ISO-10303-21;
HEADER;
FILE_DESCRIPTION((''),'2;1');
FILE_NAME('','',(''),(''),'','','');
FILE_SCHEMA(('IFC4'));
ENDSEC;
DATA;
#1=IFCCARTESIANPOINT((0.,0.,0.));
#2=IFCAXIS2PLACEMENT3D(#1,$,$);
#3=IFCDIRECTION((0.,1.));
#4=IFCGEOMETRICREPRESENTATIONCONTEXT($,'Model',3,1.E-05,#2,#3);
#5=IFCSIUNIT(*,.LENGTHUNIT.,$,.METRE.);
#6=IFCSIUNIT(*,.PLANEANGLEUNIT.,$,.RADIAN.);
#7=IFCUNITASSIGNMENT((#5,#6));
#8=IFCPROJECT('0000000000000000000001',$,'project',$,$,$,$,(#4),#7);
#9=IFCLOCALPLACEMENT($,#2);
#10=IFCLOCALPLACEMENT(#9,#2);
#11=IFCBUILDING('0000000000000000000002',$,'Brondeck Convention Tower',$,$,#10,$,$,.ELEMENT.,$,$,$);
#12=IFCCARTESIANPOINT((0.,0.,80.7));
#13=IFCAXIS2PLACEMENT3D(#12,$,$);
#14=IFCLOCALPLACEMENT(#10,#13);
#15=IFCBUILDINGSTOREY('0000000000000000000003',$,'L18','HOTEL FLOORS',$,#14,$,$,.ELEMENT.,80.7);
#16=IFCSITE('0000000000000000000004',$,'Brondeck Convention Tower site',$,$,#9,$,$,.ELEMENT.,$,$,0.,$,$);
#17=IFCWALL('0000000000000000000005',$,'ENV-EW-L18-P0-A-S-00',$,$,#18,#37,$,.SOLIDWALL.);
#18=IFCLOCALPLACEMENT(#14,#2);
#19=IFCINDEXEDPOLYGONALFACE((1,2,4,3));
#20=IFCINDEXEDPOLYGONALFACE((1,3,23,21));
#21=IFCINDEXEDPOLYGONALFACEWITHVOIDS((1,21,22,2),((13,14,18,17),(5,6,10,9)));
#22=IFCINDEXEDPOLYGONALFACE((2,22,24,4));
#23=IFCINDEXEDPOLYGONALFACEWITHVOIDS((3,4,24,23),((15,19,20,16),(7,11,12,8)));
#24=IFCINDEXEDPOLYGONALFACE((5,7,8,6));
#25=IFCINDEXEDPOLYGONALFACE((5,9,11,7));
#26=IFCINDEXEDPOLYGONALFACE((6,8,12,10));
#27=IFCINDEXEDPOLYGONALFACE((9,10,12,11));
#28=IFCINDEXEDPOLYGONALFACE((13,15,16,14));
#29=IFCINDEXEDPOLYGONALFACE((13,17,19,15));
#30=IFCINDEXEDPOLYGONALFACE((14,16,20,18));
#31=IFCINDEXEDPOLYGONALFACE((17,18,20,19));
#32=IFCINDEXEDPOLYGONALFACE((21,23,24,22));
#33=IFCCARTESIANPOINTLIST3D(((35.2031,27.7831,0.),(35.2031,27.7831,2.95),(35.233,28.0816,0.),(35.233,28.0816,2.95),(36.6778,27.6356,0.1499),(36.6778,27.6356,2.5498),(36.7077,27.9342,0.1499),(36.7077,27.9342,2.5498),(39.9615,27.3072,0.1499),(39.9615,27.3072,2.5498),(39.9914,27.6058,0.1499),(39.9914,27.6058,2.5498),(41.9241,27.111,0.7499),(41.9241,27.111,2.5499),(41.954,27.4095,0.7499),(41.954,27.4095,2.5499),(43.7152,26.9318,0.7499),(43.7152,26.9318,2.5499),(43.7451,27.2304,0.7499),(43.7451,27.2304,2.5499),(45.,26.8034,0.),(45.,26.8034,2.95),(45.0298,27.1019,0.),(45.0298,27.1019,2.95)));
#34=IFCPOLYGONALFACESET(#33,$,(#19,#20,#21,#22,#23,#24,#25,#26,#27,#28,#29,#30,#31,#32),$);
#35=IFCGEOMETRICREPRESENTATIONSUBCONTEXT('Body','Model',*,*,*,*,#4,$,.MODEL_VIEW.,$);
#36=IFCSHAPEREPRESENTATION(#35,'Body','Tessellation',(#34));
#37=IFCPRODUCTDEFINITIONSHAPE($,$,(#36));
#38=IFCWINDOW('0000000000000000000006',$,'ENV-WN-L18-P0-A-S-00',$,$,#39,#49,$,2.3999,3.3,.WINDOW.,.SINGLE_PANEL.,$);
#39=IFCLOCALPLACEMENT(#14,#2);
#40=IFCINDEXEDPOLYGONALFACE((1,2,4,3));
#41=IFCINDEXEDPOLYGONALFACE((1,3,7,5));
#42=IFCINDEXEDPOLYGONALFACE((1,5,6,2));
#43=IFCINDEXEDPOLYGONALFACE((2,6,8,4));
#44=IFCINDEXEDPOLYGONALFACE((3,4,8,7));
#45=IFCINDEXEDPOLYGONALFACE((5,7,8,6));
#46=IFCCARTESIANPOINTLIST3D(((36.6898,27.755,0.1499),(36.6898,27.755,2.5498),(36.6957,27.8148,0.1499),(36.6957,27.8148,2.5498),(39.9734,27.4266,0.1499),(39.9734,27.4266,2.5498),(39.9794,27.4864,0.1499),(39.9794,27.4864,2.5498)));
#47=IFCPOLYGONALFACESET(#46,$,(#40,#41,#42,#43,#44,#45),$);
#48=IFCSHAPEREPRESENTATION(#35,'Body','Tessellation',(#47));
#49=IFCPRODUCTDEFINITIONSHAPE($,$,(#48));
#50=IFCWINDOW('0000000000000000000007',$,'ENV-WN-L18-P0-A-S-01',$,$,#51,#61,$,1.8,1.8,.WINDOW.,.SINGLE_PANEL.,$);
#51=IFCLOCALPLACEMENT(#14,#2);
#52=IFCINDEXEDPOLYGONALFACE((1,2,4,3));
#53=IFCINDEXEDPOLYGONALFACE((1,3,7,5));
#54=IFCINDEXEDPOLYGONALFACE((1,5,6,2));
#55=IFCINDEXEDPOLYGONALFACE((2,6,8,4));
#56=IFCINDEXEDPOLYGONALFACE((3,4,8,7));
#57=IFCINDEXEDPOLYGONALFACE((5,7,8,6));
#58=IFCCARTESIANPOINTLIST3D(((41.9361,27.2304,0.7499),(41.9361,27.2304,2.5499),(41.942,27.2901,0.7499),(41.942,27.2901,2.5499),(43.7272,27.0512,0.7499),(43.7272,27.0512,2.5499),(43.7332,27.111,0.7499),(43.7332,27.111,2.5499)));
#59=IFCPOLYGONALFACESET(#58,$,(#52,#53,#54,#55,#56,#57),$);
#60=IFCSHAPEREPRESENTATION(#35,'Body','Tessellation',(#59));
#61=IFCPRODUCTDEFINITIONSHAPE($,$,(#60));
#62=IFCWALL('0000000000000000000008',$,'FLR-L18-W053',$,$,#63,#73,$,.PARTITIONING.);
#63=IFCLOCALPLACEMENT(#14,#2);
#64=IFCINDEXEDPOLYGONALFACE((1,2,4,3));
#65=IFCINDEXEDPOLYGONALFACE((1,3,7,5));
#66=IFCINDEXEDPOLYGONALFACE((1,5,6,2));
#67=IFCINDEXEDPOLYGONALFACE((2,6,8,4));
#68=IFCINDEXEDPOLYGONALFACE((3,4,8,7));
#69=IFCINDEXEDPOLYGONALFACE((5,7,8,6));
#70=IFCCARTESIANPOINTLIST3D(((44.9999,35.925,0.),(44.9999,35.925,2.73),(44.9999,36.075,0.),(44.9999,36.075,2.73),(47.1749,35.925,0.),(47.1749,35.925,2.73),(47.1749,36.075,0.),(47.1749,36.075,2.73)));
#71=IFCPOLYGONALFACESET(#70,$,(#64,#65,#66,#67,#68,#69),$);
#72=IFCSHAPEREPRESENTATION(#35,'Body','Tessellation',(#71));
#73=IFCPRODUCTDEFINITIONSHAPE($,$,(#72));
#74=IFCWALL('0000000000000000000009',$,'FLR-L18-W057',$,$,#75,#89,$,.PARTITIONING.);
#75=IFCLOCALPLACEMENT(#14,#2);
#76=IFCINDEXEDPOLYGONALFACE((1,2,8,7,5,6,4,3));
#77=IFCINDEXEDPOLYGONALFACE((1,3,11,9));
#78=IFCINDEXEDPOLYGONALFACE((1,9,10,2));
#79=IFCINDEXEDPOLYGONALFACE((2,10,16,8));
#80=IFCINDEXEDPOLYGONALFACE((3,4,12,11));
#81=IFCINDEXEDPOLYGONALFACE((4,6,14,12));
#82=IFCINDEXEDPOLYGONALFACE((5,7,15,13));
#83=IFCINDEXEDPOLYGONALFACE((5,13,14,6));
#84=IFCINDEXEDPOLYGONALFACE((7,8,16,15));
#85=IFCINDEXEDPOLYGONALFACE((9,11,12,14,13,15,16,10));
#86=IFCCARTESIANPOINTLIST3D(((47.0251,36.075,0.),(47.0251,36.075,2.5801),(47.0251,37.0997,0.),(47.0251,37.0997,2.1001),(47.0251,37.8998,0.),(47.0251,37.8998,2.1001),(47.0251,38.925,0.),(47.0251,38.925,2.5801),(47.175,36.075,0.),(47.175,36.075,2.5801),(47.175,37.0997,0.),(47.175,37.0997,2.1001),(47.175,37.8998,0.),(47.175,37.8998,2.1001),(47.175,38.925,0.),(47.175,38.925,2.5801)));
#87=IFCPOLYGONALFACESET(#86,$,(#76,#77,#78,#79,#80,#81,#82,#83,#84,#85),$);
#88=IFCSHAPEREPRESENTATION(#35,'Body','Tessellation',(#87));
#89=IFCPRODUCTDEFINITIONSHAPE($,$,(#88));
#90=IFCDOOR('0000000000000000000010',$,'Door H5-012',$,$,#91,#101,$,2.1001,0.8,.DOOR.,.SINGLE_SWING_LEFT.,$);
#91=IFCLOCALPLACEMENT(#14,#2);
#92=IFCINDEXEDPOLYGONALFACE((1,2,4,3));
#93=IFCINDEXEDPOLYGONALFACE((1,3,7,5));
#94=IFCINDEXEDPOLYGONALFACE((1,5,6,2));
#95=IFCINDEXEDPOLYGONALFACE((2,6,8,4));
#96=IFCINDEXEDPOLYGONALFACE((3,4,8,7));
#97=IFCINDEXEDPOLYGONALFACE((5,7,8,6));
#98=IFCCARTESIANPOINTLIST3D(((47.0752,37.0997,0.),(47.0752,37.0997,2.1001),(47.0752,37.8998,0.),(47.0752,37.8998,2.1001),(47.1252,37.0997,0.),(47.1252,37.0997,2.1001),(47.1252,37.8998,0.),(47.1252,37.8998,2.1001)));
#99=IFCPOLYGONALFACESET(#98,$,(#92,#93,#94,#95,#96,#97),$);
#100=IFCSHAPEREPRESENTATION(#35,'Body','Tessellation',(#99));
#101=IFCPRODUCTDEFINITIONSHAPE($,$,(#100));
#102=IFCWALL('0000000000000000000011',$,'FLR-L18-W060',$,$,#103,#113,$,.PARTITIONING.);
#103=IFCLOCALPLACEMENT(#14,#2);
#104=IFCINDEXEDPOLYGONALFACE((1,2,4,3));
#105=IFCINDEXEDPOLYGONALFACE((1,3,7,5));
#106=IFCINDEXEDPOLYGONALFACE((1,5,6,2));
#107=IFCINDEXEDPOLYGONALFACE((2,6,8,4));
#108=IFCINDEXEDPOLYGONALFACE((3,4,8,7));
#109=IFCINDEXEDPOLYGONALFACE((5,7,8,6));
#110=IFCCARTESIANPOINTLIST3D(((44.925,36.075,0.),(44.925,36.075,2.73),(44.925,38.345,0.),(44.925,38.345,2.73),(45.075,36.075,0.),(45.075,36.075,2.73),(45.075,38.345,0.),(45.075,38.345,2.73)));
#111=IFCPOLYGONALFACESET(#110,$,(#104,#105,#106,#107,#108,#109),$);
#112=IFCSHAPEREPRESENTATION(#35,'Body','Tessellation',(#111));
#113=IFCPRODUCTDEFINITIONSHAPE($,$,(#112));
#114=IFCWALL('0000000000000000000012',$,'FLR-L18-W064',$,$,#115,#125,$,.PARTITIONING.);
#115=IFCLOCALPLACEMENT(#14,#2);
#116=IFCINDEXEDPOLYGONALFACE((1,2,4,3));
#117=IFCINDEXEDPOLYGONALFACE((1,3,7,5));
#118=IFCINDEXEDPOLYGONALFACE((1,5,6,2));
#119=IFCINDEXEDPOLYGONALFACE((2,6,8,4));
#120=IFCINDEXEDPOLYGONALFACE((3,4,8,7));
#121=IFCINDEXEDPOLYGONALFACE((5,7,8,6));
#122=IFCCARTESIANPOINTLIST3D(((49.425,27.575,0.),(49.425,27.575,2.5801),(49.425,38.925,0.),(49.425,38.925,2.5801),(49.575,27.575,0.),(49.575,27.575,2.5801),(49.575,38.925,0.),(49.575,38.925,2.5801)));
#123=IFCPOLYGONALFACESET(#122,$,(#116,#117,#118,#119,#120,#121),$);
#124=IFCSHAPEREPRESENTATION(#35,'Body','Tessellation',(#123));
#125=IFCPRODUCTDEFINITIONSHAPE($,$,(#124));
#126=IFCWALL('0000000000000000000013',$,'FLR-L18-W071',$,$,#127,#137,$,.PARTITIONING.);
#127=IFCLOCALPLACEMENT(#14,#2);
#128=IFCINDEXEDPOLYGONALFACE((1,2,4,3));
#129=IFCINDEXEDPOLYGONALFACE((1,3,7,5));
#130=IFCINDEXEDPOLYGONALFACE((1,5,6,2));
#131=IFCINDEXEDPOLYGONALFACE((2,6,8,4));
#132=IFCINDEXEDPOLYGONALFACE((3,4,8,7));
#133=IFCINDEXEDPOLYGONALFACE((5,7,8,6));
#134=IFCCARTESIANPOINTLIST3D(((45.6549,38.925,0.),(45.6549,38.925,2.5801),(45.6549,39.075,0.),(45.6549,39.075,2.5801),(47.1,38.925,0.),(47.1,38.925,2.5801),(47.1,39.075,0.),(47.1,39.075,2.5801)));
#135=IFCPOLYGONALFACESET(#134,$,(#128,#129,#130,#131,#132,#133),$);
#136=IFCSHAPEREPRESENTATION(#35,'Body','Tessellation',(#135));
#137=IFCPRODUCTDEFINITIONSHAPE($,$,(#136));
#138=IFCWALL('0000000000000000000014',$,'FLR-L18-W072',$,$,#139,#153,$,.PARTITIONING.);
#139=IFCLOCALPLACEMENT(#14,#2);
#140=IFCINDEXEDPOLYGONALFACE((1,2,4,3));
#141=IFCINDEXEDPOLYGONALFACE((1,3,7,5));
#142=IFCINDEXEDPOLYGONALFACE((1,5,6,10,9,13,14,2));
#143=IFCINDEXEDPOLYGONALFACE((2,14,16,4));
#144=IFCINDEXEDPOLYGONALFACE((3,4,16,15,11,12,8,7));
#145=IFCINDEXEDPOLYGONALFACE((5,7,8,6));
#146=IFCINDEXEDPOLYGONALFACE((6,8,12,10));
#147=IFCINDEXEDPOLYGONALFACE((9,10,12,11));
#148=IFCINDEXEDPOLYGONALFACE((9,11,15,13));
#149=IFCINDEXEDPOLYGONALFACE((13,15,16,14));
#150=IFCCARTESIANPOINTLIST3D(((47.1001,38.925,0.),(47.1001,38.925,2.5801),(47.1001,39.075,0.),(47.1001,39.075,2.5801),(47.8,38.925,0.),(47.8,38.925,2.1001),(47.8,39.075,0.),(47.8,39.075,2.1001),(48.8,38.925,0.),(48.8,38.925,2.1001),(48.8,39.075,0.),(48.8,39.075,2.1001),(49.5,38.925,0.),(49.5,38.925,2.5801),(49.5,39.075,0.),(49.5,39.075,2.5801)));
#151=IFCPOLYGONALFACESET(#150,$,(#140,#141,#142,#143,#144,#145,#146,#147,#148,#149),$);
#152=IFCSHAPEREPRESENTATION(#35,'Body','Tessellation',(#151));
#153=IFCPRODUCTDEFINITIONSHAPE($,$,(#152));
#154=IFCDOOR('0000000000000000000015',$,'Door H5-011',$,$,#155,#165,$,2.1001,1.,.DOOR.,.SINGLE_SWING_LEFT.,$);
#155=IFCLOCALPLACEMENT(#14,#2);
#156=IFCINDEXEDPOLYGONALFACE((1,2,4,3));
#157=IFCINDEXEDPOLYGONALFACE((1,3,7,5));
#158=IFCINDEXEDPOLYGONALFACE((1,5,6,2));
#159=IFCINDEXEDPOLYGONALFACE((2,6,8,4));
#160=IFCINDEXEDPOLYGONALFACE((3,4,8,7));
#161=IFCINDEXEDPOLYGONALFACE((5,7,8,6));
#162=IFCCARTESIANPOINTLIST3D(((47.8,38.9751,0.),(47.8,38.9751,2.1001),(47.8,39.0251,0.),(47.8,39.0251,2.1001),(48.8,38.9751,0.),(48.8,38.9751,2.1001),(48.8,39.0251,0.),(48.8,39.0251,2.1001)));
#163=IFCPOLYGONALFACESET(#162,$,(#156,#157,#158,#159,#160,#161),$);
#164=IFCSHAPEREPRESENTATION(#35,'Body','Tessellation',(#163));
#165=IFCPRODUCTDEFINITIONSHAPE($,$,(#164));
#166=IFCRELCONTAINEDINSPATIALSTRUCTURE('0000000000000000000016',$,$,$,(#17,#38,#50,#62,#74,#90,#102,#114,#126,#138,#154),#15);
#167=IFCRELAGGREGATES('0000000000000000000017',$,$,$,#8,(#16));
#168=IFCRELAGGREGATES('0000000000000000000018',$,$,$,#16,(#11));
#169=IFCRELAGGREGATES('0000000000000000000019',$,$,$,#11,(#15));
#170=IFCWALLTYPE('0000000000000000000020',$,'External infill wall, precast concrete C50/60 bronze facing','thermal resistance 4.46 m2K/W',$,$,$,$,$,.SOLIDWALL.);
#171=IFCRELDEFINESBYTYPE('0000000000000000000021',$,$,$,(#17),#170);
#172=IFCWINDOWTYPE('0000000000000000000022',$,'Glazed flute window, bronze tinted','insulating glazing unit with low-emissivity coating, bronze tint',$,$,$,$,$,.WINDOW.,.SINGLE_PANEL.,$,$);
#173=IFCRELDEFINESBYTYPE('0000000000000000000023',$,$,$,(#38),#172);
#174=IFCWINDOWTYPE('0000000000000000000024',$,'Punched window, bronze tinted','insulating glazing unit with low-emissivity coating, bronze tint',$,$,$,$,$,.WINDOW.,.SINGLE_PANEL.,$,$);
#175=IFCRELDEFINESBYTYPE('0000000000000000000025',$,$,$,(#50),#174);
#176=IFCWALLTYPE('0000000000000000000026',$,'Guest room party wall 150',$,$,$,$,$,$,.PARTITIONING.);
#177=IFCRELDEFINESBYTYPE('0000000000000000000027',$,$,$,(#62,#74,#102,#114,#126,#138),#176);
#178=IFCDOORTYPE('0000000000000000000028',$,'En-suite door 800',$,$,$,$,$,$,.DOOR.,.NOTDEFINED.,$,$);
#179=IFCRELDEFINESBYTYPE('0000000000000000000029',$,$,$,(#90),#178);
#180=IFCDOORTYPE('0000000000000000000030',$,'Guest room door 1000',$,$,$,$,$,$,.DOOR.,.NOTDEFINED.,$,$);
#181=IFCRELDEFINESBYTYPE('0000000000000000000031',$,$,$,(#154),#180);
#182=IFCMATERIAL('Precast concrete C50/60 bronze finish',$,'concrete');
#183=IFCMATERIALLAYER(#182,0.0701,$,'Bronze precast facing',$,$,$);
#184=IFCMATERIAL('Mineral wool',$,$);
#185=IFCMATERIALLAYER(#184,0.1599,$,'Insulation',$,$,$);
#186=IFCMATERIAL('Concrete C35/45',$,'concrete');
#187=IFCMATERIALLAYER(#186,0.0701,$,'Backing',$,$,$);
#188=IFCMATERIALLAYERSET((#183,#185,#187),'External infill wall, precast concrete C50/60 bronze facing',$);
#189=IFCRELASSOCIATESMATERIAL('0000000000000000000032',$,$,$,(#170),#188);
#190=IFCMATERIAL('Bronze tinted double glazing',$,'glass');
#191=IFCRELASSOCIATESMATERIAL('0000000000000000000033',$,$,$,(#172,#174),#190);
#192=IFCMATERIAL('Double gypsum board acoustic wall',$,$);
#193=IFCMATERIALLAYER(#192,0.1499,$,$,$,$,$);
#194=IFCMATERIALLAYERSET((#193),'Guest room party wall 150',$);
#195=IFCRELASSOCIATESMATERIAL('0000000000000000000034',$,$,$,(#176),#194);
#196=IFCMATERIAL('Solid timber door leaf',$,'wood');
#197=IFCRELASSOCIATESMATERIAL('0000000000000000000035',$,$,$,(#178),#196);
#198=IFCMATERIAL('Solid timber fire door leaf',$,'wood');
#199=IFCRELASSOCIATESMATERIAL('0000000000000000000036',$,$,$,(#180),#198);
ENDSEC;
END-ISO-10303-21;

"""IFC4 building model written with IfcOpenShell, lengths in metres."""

from ifc_helpers import new_model, si_unit, direction, frame, frame_2d, origin, place, context, subcontext, project, spatial, rectangle, extrude, material, layer, layer_set, type_object, element, fill, save


model = new_model("IFC4")

# Units and contexts
model_context = context("Model", 3, precision=1e-05, world=origin(), true_north=direction((0.0, 1.0)))
body_context = subcontext(model_context, "Body", "Model", "MODEL_VIEW")
ifc_project = project(units=[si_unit("LENGTHUNIT", "METRE"), si_unit("PLANEANGLEUNIT", "RADIAN")], contexts=[model_context])

# Site, building, storey
site_placement = place(None, origin())
site = spatial("IfcSite", under=ifc_project, at=site_placement, Name="Brondeck Convention Tower site", CompositionType="ELEMENT", RefElevation=0.0)
building_placement = place(site_placement, origin())
building = spatial("IfcBuilding", under=site, at=building_placement, Name="Brondeck Convention Tower", CompositionType="ELEMENT")
storey_placement = place(building_placement, frame((0.0, 0.0, 80.7)))
storey = spatial("IfcBuildingStorey", under=building, at=storey_placement, Name="L18", Description="HOTEL FLOORS", CompositionType="ELEMENT", Elevation=80.7)

# Wall, openings, windows
ifc_material_1 = material(Name="Precast concrete C50/60 bronze finish", Category="concrete")
ifc_layer_1 = layer(ifc_material_1, 0.0701, Name="Bronze precast facing")
ifc_material_2 = material(Name="Mineral wool")
ifc_layer_2 = layer(ifc_material_2, 0.1599, Name="Insulation")
ifc_material_3 = material(Name="Concrete C35/45", Category="concrete")
ifc_layer_3 = layer(ifc_material_3, 0.0701, Name="Backing")
ifc_layer_set_1 = layer_set([ifc_layer_1, ifc_layer_2, ifc_layer_3], Name="External infill wall, precast concrete C50/60 bronze facing")
wall_type_1 = type_object("IfcWallType", Name="External infill wall, precast concrete C50/60 bronze facing", Description="thermal resistance 4.46 m2K/W", PredefinedType="SOLIDWALL", material=ifc_layer_set_1)
wall_1_placement = place(storey_placement, frame((45.0149, 26.9526, 0.0), z_axis=(0.0, 0.0, 1.0), x_axis=(-0.995037, 0.099509, 0.0)))
wall_1 = element("IfcWall", 1, at=wall_1_placement, inside=storey, type_object=wall_type_1, Name="ENV-EW-L18-P0-A-S-00", PredefinedType="SOLIDWALL", context=body_context, shape_type="SweptSolid", body=[
    extrude(rectangle(XDim=9.8457, YDim=0.3, at=frame_2d((4.9229, 0.0))), origin(), (0.0, 0.0, 1.0), 2.95),
])
opening_1_placement = place(wall_1_placement, frame((1.2913, 0.0, 0.75)))
opening_1 = element("IfcOpeningElement", 2, at=opening_1_placement, cuts=wall_1, PredefinedType="OPENING", context=body_context, shape_type="SweptSolid", body=[
    extrude(rectangle(XDim=1.8, YDim=1.8, at=frame_2d((0.8999, 0.8999))), frame((0.0, 0.1599, 0.0), z_axis=(0.0, -1.0, 0.0), x_axis=(1.0, 0.0, 0.0)), (0.0, 0.0, 1.0), 0.3201),
])
opening_2_placement = place(wall_1_placement, frame((5.0637, 0.0, 0.1499)))
opening_2 = element("IfcOpeningElement", 3, at=opening_2_placement, cuts=wall_1, PredefinedType="OPENING", context=body_context, shape_type="SweptSolid", body=[
    extrude(rectangle(XDim=3.3, YDim=2.3999, at=frame_2d((1.6499, 1.2))), frame((0.0, 0.1599, 0.0), z_axis=(0.0, -1.0, 0.0), x_axis=(1.0, 0.0, 0.0)), (0.0, 0.0, 1.0), 0.3201),
])
ifc_material_4 = material(Name="Bronze tinted double glazing", Category="glass")
window_type_1 = type_object("IfcWindowType", Name="Glazed flute window, bronze tinted", Description="insulating glazing unit with low-emissivity coating, bronze tint", PartitioningType="SINGLE_PANEL", PredefinedType="WINDOW", material=ifc_material_4)
window_1_placement = place(opening_2_placement, origin())
window_1 = element("IfcWindow", 4, at=window_1_placement, inside=storey, type_object=window_type_1, Name="ENV-WN-L18-P0-A-S-00", OverallHeight=2.3999, OverallWidth=3.3, PartitioningType="SINGLE_PANEL", PredefinedType="WINDOW", context=body_context, shape_type="SweptSolid", body=[
    extrude(rectangle(XDim=3.3, YDim=2.3999, at=frame_2d((1.6499, 1.2))), frame((0.0, 0.03, 0.0), z_axis=(0.0, -1.0, 0.0), x_axis=(1.0, 0.0, 0.0)), (0.0, 0.0, 1.0), 0.0601),
])
fill(opening_2, window_1)
window_type_2 = type_object("IfcWindowType", Name="Punched window, bronze tinted", Description="insulating glazing unit with low-emissivity coating, bronze tint", PartitioningType="SINGLE_PANEL", PredefinedType="WINDOW", material=ifc_material_4)
window_2_placement = place(opening_1_placement, origin())
window_2 = element("IfcWindow", 5, at=window_2_placement, inside=storey, type_object=window_type_2, Name="ENV-WN-L18-P0-A-S-01", OverallHeight=1.8, OverallWidth=1.8, PartitioningType="SINGLE_PANEL", PredefinedType="WINDOW", context=body_context, shape_type="SweptSolid", body=[
    extrude(rectangle(XDim=1.8, YDim=1.8, at=frame_2d((0.8999, 0.8999))), frame((0.0, 0.03, 0.0), z_axis=(0.0, -1.0, 0.0), x_axis=(1.0, 0.0, 0.0)), (0.0, 0.0, 1.0), 0.0601),
])
fill(opening_1, window_2)

# Wall
ifc_material_5 = material(Name="Double gypsum board acoustic wall")
ifc_layer_4 = layer(ifc_material_5, 0.1499)
ifc_layer_set_2 = layer_set([ifc_layer_4], Name="Guest room party wall 150")
wall_type_2 = type_object("IfcWallType", Name="Guest room party wall 150", PredefinedType="PARTITIONING", material=ifc_layer_set_2)
wall_2_placement = place(storey_placement, frame((45.0, 36.0, 0.0), z_axis=(0.0, 0.0, 1.0), x_axis=(1.0, 0.0, 0.0)))
element("IfcWall", 6, at=wall_2_placement, inside=storey, type_object=wall_type_2, Name="FLR-L18-W053", PredefinedType="PARTITIONING", context=body_context, shape_type="SweptSolid", body=[
    extrude(rectangle(XDim=2.175, YDim=0.1499, at=frame_2d((1.0874, 0.0))), origin(), (0.0, 0.0, 1.0), 2.73),
])

# Wall, opening, door
wall_3_placement = place(storey_placement, frame((47.1001, 36.075, 0.0), z_axis=(0.0, 0.0, 1.0), x_axis=(0.0, 1.0, 0.0)))
wall_3 = element("IfcWall", 7, at=wall_3_placement, inside=storey, type_object=wall_type_2, Name="FLR-L18-W057", PredefinedType="PARTITIONING", context=body_context, shape_type="SweptSolid", body=[
    extrude(rectangle(XDim=2.8501, YDim=0.1499, at=frame_2d((1.425, 0.0))), origin(), (0.0, 0.0, 1.0), 2.5801),
])
opening_3_placement = place(wall_3_placement, frame((1.0249, 0.0, 0.0)))
opening_3 = element("IfcOpeningElement", 8, at=opening_3_placement, cuts=wall_3, PredefinedType="OPENING", context=body_context, shape_type="SweptSolid", body=[
    extrude(rectangle(XDim=0.8, YDim=2.1001, at=frame_2d((0.3999, 1.05))), frame((0.0, 0.085, 0.0), z_axis=(0.0, -1.0, 0.0), x_axis=(1.0, 0.0, 0.0)), (0.0, 0.0, 1.0), 0.1699),
])
ifc_material_6 = material(Name="Solid timber door leaf", Category="wood")
door_type_1 = type_object("IfcDoorType", Name="En-suite door 800", OperationType="NOTDEFINED", PredefinedType="DOOR", material=ifc_material_6)
door_1_placement = place(opening_3_placement, origin())
door_1 = element("IfcDoor", 9, at=door_1_placement, inside=storey, type_object=door_type_1, Name="Door H5-012", OperationType="SINGLE_SWING_LEFT", OverallHeight=2.1001, OverallWidth=0.8, PredefinedType="DOOR", context=body_context, shape_type="SweptSolid", body=[
    extrude(rectangle(XDim=0.8, YDim=2.1001, at=frame_2d((0.3999, 1.05))), frame((0.0, 0.0249, 0.0), z_axis=(0.0, -1.0, 0.0), x_axis=(1.0, 0.0, 0.0)), (0.0, 0.0, 1.0), 0.05),
])
fill(opening_3, door_1)

# Walls
wall_4_placement = place(storey_placement, frame((45.0, 38.345, 0.0), z_axis=(0.0, 0.0, 1.0), x_axis=(0.0, -1.0, 0.0)))
element("IfcWall", 10, at=wall_4_placement, inside=storey, type_object=wall_type_2, Name="FLR-L18-W060", PredefinedType="PARTITIONING", context=body_context, shape_type="SweptSolid", body=[
    extrude(rectangle(XDim=2.27, YDim=0.1499, at=frame_2d((1.135, 0.0))), origin(), (0.0, 0.0, 1.0), 2.73),
])
wall_5_placement = place(storey_placement, frame((49.5, 38.925, 0.0), z_axis=(0.0, 0.0, 1.0), x_axis=(0.0, -1.0, 0.0)))
element("IfcWall", 11, at=wall_5_placement, inside=storey, type_object=wall_type_2, Name="FLR-L18-W064", PredefinedType="PARTITIONING", context=body_context, shape_type="SweptSolid", body=[
    extrude(rectangle(XDim=11.3501, YDim=0.1499, at=frame_2d((5.675, 0.0))), origin(), (0.0, 0.0, 1.0), 2.5801),
])
wall_6_placement = place(storey_placement, frame((47.1001, 39.0, 0.0), z_axis=(0.0, 0.0, 1.0), x_axis=(-1.0, 0.0, 0.0)))
element("IfcWall", 12, at=wall_6_placement, inside=storey, type_object=wall_type_2, Name="FLR-L18-W071", PredefinedType="PARTITIONING", context=body_context, shape_type="SweptSolid", body=[
    extrude(rectangle(XDim=1.4451, YDim=0.1499, at=frame_2d((0.7227, 0.0))), origin(), (0.0, 0.0, 1.0), 2.5801),
])

# Wall, opening, door
wall_7_placement = place(storey_placement, frame((49.5, 39.0, 0.0), z_axis=(0.0, 0.0, 1.0), x_axis=(-1.0, 0.0, 0.0)))
wall_7 = element("IfcWall", 13, at=wall_7_placement, inside=storey, type_object=wall_type_2, Name="FLR-L18-W072", PredefinedType="PARTITIONING", context=body_context, shape_type="SweptSolid", body=[
    extrude(rectangle(XDim=2.3999, YDim=0.1499, at=frame_2d((1.2, 0.0))), origin(), (0.0, 0.0, 1.0), 2.5801),
])
opening_4_placement = place(wall_7_placement, frame((0.7, 0.0, 0.0)))
opening_4 = element("IfcOpeningElement", 14, at=opening_4_placement, cuts=wall_7, PredefinedType="OPENING", context=body_context, shape_type="SweptSolid", body=[
    extrude(rectangle(XDim=1.0, YDim=2.1001, at=frame_2d((0.5, 1.05))), frame((0.0, 0.085, 0.0), z_axis=(0.0, -1.0, 0.0), x_axis=(1.0, 0.0, 0.0)), (0.0, 0.0, 1.0), 0.1699),
])
ifc_material_7 = material(Name="Solid timber fire door leaf", Category="wood")
door_type_2 = type_object("IfcDoorType", Name="Guest room door 1000", OperationType="NOTDEFINED", PredefinedType="DOOR", material=ifc_material_7)
door_2_placement = place(opening_4_placement, origin())
door_2 = element("IfcDoor", 15, at=door_2_placement, inside=storey, type_object=door_type_2, Name="Door H5-011", OperationType="SINGLE_SWING_LEFT", OverallHeight=2.1001, OverallWidth=1.0, PredefinedType="DOOR", context=body_context, shape_type="SweptSolid", body=[
    extrude(rectangle(XDim=1.0, YDim=2.1001, at=frame_2d((0.5, 1.05))), frame((0.0, 0.0249, 0.0), z_axis=(0.0, -1.0, 0.0), x_axis=(1.0, 0.0, 0.0)), (0.0, 0.0, 1.0), 0.05),
])
fill(opening_4, door_2)

save(model, "model.ifc")
